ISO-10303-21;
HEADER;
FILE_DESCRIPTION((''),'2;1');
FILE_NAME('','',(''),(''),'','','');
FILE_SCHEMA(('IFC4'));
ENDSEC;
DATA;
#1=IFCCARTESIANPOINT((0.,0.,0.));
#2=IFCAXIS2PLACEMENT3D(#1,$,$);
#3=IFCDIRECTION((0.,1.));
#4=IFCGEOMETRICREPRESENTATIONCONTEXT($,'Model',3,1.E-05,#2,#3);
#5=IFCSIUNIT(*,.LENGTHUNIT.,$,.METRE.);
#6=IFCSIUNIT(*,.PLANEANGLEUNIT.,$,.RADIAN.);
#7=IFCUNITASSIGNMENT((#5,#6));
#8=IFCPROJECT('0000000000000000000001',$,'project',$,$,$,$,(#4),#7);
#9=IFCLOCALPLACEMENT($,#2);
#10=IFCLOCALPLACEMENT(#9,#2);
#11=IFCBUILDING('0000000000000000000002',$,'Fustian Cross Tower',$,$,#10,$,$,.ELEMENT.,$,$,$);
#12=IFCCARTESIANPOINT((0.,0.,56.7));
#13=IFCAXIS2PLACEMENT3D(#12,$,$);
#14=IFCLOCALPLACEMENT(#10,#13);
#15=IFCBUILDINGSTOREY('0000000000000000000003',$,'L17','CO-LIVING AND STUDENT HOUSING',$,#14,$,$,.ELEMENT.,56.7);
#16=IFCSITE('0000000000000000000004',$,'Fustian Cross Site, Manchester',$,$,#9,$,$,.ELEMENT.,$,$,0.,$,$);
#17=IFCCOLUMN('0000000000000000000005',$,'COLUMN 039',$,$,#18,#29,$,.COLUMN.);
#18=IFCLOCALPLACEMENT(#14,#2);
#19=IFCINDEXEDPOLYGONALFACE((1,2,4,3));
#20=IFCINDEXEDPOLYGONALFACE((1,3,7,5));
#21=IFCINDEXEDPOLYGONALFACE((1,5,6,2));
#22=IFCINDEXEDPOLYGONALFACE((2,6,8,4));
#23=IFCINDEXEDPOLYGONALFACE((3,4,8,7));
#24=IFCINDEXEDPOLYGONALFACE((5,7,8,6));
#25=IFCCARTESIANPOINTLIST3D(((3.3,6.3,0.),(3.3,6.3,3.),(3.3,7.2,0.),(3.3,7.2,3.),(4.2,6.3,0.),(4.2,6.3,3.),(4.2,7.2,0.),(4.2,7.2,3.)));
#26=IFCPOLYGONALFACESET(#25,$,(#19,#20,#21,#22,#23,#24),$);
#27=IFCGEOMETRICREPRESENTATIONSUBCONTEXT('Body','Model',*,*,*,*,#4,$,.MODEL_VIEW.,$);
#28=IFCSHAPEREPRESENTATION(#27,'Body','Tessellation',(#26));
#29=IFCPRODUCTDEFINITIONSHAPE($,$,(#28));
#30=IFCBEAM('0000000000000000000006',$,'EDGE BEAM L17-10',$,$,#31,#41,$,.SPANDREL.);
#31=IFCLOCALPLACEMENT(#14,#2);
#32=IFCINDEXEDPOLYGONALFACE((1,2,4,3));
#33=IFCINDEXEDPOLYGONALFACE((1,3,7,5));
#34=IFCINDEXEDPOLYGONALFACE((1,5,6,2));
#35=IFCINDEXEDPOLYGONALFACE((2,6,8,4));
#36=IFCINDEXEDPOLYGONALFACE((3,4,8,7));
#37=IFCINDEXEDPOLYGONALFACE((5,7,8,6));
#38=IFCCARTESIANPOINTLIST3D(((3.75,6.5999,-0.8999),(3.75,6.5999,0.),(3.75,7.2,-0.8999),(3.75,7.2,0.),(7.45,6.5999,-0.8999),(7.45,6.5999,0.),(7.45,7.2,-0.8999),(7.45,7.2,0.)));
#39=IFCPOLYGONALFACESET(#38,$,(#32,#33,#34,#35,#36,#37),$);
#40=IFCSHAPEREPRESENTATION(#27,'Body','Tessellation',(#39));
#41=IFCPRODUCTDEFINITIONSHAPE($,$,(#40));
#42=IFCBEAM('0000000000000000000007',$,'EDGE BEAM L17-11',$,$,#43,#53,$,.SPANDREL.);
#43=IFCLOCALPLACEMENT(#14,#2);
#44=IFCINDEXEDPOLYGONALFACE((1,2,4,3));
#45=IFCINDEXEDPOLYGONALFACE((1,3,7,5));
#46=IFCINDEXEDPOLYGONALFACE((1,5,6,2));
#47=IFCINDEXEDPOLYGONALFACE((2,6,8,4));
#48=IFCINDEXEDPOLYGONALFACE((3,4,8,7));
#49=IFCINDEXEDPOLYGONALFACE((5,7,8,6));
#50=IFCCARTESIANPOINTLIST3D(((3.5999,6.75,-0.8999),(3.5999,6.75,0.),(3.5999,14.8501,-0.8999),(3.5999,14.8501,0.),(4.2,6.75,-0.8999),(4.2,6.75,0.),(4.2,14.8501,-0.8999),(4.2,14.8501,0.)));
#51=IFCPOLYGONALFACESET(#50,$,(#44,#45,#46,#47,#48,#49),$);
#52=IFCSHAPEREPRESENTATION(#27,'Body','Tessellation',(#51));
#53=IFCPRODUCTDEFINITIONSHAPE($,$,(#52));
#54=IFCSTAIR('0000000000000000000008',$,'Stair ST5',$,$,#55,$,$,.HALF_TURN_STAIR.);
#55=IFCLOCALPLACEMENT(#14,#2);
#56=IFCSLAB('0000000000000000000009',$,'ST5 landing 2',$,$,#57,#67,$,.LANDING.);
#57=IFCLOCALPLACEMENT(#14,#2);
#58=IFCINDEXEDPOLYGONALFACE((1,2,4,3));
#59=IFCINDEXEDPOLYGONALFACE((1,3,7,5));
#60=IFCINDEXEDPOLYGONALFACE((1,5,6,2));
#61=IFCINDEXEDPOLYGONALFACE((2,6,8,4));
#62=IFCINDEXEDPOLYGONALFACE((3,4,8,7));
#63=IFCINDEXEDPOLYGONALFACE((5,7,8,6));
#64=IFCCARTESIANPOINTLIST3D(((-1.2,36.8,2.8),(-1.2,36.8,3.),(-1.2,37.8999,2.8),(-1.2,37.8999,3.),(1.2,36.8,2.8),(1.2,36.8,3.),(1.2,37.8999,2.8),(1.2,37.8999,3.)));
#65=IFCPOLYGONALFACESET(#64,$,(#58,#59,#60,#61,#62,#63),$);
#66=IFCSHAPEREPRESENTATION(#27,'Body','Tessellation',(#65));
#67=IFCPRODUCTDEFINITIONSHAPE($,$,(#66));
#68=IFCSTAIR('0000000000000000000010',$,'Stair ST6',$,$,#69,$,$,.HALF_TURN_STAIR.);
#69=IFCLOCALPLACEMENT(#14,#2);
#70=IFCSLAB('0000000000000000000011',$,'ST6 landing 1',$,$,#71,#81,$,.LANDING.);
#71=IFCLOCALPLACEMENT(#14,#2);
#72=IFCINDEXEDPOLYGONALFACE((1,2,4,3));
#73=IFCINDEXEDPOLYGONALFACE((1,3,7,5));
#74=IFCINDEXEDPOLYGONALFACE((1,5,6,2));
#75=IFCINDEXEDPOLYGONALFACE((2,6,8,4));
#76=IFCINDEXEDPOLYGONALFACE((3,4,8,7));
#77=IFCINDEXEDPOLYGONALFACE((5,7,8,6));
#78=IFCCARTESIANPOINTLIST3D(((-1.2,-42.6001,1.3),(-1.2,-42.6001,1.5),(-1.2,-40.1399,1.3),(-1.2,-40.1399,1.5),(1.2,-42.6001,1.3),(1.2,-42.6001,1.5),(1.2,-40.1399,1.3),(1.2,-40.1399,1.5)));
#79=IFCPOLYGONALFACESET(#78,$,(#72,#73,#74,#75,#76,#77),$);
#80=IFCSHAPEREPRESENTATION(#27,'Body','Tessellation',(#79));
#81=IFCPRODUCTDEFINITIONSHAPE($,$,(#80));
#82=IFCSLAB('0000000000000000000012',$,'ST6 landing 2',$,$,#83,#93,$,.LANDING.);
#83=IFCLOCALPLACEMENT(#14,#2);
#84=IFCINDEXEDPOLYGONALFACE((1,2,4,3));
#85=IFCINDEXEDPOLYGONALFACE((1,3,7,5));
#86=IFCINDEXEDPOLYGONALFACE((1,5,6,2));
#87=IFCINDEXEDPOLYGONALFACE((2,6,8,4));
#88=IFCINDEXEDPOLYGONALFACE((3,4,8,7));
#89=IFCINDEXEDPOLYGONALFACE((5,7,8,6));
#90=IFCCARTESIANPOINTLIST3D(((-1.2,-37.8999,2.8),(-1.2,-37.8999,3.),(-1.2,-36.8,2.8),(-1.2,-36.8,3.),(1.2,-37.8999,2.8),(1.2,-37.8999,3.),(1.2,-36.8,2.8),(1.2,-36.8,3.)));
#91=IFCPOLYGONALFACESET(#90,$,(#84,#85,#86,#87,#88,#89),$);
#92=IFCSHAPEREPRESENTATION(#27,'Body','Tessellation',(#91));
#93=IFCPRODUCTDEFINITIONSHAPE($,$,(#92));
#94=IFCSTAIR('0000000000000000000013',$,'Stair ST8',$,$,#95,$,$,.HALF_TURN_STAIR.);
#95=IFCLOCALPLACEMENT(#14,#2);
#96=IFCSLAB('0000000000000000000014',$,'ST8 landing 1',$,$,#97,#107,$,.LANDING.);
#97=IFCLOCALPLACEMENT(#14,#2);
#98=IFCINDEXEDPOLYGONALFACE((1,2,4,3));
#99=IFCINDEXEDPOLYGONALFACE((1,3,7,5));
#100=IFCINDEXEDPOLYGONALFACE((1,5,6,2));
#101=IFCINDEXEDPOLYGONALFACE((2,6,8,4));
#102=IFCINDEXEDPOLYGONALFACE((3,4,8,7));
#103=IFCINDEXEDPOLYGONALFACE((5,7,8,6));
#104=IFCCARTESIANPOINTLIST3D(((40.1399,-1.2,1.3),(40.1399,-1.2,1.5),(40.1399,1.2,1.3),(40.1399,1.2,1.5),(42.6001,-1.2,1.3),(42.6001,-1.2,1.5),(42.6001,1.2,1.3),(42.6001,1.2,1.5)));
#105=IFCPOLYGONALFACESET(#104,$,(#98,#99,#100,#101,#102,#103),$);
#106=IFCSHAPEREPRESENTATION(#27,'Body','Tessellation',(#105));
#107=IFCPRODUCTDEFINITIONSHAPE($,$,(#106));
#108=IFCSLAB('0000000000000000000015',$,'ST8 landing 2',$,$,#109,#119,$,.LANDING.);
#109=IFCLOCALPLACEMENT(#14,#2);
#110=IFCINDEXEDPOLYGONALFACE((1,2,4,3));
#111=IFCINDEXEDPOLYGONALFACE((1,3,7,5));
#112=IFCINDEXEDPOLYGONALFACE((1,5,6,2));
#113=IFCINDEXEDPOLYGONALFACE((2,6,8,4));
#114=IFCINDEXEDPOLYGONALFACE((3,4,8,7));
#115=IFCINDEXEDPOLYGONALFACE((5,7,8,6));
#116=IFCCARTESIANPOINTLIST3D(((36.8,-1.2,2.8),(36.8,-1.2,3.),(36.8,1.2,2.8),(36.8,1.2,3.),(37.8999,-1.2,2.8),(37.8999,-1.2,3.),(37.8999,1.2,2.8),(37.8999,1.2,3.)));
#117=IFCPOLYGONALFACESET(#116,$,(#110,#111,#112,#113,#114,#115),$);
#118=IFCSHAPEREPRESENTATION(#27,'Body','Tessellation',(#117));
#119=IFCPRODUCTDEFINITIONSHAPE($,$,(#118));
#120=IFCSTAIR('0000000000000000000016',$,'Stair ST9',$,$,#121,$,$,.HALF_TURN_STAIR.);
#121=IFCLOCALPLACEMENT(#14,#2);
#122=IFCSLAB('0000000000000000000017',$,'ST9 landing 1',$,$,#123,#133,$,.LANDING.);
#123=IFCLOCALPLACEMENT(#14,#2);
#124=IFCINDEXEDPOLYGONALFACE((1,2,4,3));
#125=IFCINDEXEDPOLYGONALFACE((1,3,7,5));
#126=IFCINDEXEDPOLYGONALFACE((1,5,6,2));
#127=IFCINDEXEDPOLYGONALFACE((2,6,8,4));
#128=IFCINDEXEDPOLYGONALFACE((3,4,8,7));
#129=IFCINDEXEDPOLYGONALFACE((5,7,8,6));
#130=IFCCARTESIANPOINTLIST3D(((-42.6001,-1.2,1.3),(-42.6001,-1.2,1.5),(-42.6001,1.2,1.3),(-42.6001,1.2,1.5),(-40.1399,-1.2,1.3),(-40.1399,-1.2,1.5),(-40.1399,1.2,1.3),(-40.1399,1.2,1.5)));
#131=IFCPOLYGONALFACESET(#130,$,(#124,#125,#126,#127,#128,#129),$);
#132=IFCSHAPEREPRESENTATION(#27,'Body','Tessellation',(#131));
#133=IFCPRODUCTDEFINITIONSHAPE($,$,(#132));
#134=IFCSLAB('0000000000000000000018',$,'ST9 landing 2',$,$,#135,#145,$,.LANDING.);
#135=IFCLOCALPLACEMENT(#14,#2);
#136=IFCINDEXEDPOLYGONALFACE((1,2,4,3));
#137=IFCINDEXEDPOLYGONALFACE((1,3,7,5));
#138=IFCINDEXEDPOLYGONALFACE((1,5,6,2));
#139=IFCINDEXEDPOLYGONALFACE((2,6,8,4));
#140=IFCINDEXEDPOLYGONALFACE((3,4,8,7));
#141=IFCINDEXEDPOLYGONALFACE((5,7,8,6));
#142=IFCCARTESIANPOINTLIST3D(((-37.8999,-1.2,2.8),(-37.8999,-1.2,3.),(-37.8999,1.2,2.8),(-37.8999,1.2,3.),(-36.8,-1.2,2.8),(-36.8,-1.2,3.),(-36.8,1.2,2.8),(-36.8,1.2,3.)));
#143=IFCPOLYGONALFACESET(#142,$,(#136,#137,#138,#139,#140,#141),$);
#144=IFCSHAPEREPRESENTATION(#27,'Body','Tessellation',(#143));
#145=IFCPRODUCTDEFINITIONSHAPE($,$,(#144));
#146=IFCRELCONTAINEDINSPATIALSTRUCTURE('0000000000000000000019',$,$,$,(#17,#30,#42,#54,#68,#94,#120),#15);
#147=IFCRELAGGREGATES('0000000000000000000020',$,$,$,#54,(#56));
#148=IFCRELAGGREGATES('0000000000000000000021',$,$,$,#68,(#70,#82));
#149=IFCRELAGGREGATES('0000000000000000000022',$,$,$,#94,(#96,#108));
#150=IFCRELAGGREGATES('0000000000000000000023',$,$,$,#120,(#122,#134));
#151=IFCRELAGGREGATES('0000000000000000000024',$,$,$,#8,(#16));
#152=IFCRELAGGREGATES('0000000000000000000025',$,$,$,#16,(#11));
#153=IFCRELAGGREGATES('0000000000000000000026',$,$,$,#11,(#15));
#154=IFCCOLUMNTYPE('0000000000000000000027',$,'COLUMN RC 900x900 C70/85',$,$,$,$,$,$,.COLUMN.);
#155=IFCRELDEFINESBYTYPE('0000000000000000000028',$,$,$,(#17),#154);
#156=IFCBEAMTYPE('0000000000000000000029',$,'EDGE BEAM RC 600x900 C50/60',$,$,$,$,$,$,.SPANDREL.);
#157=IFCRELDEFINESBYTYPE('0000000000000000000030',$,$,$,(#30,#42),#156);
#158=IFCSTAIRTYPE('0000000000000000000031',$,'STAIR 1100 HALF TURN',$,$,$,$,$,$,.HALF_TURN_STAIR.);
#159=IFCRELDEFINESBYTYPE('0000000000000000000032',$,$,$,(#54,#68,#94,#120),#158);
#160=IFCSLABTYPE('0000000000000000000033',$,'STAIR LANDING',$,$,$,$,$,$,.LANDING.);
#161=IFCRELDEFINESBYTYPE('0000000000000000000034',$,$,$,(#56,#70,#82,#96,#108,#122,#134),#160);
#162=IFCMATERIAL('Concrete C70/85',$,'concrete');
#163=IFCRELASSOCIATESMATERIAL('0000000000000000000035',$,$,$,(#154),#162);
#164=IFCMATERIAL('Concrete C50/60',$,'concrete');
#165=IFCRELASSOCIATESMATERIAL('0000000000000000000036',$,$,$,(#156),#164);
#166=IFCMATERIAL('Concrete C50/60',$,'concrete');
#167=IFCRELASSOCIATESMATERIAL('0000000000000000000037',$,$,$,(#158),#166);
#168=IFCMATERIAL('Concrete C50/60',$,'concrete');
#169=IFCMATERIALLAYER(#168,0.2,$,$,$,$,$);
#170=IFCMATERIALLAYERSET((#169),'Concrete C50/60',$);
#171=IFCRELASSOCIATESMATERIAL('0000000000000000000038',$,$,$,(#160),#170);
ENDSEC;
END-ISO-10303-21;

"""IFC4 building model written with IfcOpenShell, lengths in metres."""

from ifc_helpers import new_model, si_unit, direction, frame, origin, origin_2d, place, context, subcontext, project, spatial, polyline, rectangle, outline, extrude, material, layer, layer_set, material_profile, profile_set, type_object, element, aggregate, save


model = new_model("IFC4")

# Units and contexts
model_context = context("Model", 3, precision=1e-05, world=origin(), true_north=direction((0.0, 1.0)))
body_context = subcontext(model_context, "Body", "Model", "MODEL_VIEW")
ifc_project = project(units=[si_unit("LENGTHUNIT", "METRE"), si_unit("PLANEANGLEUNIT", "RADIAN")], contexts=[model_context])

# Site, building, storey
site_placement = place(None, origin())
site = spatial("IfcSite", under=ifc_project, at=site_placement, Name="Fustian Cross Site, Manchester", CompositionType="ELEMENT", RefElevation=0.0)
building_placement = place(site_placement, origin())
building = spatial("IfcBuilding", under=site, at=building_placement, Name="Fustian Cross Tower", CompositionType="ELEMENT")
storey_placement = place(building_placement, frame((0.0, 0.0, 56.7)))
storey = spatial("IfcBuildingStorey", under=building, at=storey_placement, Name="L17", Description="CO-LIVING AND STUDENT HOUSING", CompositionType="ELEMENT", Elevation=56.7)

# Column
ifc_material_1 = material(Name="Concrete C70/85", Category="concrete")
ifc_material_profile_1 = material_profile(ifc_material_1, rectangle(XDim=0.8999, YDim=0.8999, at=origin_2d()), Name="RC 900x900")
ifc_profile_set_1 = profile_set([ifc_material_profile_1], Name="Concrete C70/85")
column_type = type_object("IfcColumnType", Name="COLUMN RC 900x900 C70/85", PredefinedType="COLUMN", material=ifc_profile_set_1)
column_placement = place(storey_placement, frame((3.75, 6.75, 0.0), z_axis=(0.0, 0.0, 1.0), x_axis=(1.0, 0.0, 0.0)))
element("IfcColumn", 1, at=column_placement, inside=storey, type_object=column_type, Name="COLUMN 039", PredefinedType="COLUMN", context=body_context, shape_type="SweptSolid", body=[
    extrude(rectangle(XDim=0.8999, YDim=0.8999, at=origin_2d()), origin(), (0.0, 0.0, 1.0), 3.0),
])

# Beams
ifc_material_2 = material(Name="Concrete C50/60", Category="concrete")
ifc_material_profile_2 = material_profile(ifc_material_2, rectangle(XDim=0.6001, YDim=0.8999, at=origin_2d()), Name="RC 600x900")
ifc_profile_set_2 = profile_set([ifc_material_profile_2], Name="Concrete C50/60")
beam_type = type_object("IfcBeamType", Name="EDGE BEAM RC 600x900 C50/60", PredefinedType="SPANDREL", material=ifc_profile_set_2)
beam_1_placement = place(storey_placement, frame((7.45, 6.8999, -0.45), z_axis=(-1.0, 0.0, 0.0), x_axis=(0.0, -1.0, 0.0)))
element("IfcBeam", 2, at=beam_1_placement, inside=storey, type_object=beam_type, Name="EDGE BEAM L17-10", PredefinedType="SPANDREL", context=body_context, shape_type="SweptSolid", body=[
    extrude(rectangle(XDim=0.6001, YDim=0.8999, at=origin_2d()), origin(), (0.0, 0.0, 1.0), 3.7),
])
beam_2_placement = place(storey_placement, frame((3.8999, 6.75, -0.45), z_axis=(0.0, 1.0, 0.0), x_axis=(-1.0, 0.0, 0.0)))
element("IfcBeam", 3, at=beam_2_placement, inside=storey, type_object=beam_type, Name="EDGE BEAM L17-11", PredefinedType="SPANDREL", context=body_context, shape_type="SweptSolid", body=[
    extrude(rectangle(XDim=0.6001, YDim=0.8999, at=origin_2d()), origin(), (0.0, 0.0, 1.0), 8.1001),
])

# Stair, slab
ifc_material_3 = material(Name="Concrete C50/60", Category="concrete")
stair_type = type_object("IfcStairType", Name="STAIR 1100 HALF TURN", PredefinedType="HALF_TURN_STAIR", material=ifc_material_3)
stair_1_placement = place(storey_placement, origin())
stair_1 = element("IfcStair", 4, at=stair_1_placement, inside=storey, type_object=stair_type, Name="Stair ST5", PredefinedType="HALF_TURN_STAIR")
ifc_material_4 = material(Name="Concrete C50/60", Category="concrete")
ifc_layer_1 = layer(ifc_material_4, 0.2)
ifc_layer_set_1 = layer_set([ifc_layer_1], Name="Concrete C50/60")
slab_type = type_object("IfcSlabType", Name="STAIR LANDING", PredefinedType="LANDING", material=ifc_layer_set_1)
slab_1_placement = place(storey_placement, frame((0.0, 0.0, 2.8)))
slab_1 = element("IfcSlab", 5, at=slab_1_placement, type_object=slab_type, Name="ST5 landing 2", PredefinedType="LANDING", context=body_context, shape_type="SweptSolid", body=[
    extrude(outline(polyline([(-1.2, 36.8), (-1.2, 37.8999), (1.2, 37.8999), (1.2, 36.8), (-1.2, 36.8)])), origin(), (0.0, 0.0, 1.0), 0.2),
])
aggregate(stair_1, [slab_1])

# Stairs, slabs
stair_2_placement = place(storey_placement, origin())
stair_2 = element("IfcStair", 6, at=stair_2_placement, inside=storey, type_object=stair_type, Name="Stair ST6", PredefinedType="HALF_TURN_STAIR")
slab_2_placement = place(storey_placement, frame((0.0, 0.0, 1.3)))
slab_2 = element("IfcSlab", 7, at=slab_2_placement, type_object=slab_type, Name="ST6 landing 1", PredefinedType="LANDING", context=body_context, shape_type="SweptSolid", body=[
    extrude(outline(polyline([(-1.2, -40.1399), (-1.2, -42.6001), (1.2, -42.6001), (1.2, -40.1399), (-1.2, -40.1399)])), origin(), (0.0, 0.0, 1.0), 0.2),
])
slab_3_placement = place(storey_placement, frame((0.0, 0.0, 2.8)))
slab_3 = element("IfcSlab", 8, at=slab_3_placement, type_object=slab_type, Name="ST6 landing 2", PredefinedType="LANDING", context=body_context, shape_type="SweptSolid", body=[
    extrude(outline(polyline([(-1.2, -36.8), (-1.2, -37.8999), (1.2, -37.8999), (1.2, -36.8), (-1.2, -36.8)])), origin(), (0.0, 0.0, 1.0), 0.2),
])
aggregate(stair_2, [slab_2, slab_3])
stair_3_placement = place(storey_placement, origin())
stair_3 = element("IfcStair", 9, at=stair_3_placement, inside=storey, type_object=stair_type, Name="Stair ST8", PredefinedType="HALF_TURN_STAIR")
slab_4_placement = place(storey_placement, frame((0.0, 0.0, 1.3)))
slab_4 = element("IfcSlab", 10, at=slab_4_placement, type_object=slab_type, Name="ST8 landing 1", PredefinedType="LANDING", context=body_context, shape_type="SweptSolid", body=[
    extrude(outline(polyline([(40.1399, -1.2), (42.6001, -1.2), (42.6001, 1.2), (40.1399, 1.2), (40.1399, -1.2)])), origin(), (0.0, 0.0, 1.0), 0.2),
])
slab_5_placement = place(storey_placement, frame((0.0, 0.0, 2.8)))
slab_5 = element("IfcSlab", 11, at=slab_5_placement, type_object=slab_type, Name="ST8 landing 2", PredefinedType="LANDING", context=body_context, shape_type="SweptSolid", body=[
    extrude(outline(polyline([(36.8, -1.2), (37.8999, -1.2), (37.8999, 1.2), (36.8, 1.2), (36.8, -1.2)])), origin(), (0.0, 0.0, 1.0), 0.2),
])
aggregate(stair_3, [slab_4, slab_5])
stair_4_placement = place(storey_placement, origin())
stair_4 = element("IfcStair", 12, at=stair_4_placement, inside=storey, type_object=stair_type, Name="Stair ST9", PredefinedType="HALF_TURN_STAIR")
slab_6_placement = place(storey_placement, frame((0.0, 0.0, 1.3)))
slab_6 = element("IfcSlab", 13, at=slab_6_placement, type_object=slab_type, Name="ST9 landing 1", PredefinedType="LANDING", context=body_context, shape_type="SweptSolid", body=[
    extrude(outline(polyline([(-40.1399, -1.2), (-42.6001, -1.2), (-42.6001, 1.2), (-40.1399, 1.2), (-40.1399, -1.2)])), origin(), (0.0, 0.0, 1.0), 0.2),
])
slab_7_placement = place(storey_placement, frame((0.0, 0.0, 2.8)))
slab_7 = element("IfcSlab", 14, at=slab_7_placement, type_object=slab_type, Name="ST9 landing 2", PredefinedType="LANDING", context=body_context, shape_type="SweptSolid", body=[
    extrude(outline(polyline([(-36.8, -1.2), (-37.8999, -1.2), (-37.8999, 1.2), (-36.8, 1.2), (-36.8, -1.2)])), origin(), (0.0, 0.0, 1.0), 0.2),
])
aggregate(stair_4, [slab_6, slab_7])

save(model, "model.ifc")
